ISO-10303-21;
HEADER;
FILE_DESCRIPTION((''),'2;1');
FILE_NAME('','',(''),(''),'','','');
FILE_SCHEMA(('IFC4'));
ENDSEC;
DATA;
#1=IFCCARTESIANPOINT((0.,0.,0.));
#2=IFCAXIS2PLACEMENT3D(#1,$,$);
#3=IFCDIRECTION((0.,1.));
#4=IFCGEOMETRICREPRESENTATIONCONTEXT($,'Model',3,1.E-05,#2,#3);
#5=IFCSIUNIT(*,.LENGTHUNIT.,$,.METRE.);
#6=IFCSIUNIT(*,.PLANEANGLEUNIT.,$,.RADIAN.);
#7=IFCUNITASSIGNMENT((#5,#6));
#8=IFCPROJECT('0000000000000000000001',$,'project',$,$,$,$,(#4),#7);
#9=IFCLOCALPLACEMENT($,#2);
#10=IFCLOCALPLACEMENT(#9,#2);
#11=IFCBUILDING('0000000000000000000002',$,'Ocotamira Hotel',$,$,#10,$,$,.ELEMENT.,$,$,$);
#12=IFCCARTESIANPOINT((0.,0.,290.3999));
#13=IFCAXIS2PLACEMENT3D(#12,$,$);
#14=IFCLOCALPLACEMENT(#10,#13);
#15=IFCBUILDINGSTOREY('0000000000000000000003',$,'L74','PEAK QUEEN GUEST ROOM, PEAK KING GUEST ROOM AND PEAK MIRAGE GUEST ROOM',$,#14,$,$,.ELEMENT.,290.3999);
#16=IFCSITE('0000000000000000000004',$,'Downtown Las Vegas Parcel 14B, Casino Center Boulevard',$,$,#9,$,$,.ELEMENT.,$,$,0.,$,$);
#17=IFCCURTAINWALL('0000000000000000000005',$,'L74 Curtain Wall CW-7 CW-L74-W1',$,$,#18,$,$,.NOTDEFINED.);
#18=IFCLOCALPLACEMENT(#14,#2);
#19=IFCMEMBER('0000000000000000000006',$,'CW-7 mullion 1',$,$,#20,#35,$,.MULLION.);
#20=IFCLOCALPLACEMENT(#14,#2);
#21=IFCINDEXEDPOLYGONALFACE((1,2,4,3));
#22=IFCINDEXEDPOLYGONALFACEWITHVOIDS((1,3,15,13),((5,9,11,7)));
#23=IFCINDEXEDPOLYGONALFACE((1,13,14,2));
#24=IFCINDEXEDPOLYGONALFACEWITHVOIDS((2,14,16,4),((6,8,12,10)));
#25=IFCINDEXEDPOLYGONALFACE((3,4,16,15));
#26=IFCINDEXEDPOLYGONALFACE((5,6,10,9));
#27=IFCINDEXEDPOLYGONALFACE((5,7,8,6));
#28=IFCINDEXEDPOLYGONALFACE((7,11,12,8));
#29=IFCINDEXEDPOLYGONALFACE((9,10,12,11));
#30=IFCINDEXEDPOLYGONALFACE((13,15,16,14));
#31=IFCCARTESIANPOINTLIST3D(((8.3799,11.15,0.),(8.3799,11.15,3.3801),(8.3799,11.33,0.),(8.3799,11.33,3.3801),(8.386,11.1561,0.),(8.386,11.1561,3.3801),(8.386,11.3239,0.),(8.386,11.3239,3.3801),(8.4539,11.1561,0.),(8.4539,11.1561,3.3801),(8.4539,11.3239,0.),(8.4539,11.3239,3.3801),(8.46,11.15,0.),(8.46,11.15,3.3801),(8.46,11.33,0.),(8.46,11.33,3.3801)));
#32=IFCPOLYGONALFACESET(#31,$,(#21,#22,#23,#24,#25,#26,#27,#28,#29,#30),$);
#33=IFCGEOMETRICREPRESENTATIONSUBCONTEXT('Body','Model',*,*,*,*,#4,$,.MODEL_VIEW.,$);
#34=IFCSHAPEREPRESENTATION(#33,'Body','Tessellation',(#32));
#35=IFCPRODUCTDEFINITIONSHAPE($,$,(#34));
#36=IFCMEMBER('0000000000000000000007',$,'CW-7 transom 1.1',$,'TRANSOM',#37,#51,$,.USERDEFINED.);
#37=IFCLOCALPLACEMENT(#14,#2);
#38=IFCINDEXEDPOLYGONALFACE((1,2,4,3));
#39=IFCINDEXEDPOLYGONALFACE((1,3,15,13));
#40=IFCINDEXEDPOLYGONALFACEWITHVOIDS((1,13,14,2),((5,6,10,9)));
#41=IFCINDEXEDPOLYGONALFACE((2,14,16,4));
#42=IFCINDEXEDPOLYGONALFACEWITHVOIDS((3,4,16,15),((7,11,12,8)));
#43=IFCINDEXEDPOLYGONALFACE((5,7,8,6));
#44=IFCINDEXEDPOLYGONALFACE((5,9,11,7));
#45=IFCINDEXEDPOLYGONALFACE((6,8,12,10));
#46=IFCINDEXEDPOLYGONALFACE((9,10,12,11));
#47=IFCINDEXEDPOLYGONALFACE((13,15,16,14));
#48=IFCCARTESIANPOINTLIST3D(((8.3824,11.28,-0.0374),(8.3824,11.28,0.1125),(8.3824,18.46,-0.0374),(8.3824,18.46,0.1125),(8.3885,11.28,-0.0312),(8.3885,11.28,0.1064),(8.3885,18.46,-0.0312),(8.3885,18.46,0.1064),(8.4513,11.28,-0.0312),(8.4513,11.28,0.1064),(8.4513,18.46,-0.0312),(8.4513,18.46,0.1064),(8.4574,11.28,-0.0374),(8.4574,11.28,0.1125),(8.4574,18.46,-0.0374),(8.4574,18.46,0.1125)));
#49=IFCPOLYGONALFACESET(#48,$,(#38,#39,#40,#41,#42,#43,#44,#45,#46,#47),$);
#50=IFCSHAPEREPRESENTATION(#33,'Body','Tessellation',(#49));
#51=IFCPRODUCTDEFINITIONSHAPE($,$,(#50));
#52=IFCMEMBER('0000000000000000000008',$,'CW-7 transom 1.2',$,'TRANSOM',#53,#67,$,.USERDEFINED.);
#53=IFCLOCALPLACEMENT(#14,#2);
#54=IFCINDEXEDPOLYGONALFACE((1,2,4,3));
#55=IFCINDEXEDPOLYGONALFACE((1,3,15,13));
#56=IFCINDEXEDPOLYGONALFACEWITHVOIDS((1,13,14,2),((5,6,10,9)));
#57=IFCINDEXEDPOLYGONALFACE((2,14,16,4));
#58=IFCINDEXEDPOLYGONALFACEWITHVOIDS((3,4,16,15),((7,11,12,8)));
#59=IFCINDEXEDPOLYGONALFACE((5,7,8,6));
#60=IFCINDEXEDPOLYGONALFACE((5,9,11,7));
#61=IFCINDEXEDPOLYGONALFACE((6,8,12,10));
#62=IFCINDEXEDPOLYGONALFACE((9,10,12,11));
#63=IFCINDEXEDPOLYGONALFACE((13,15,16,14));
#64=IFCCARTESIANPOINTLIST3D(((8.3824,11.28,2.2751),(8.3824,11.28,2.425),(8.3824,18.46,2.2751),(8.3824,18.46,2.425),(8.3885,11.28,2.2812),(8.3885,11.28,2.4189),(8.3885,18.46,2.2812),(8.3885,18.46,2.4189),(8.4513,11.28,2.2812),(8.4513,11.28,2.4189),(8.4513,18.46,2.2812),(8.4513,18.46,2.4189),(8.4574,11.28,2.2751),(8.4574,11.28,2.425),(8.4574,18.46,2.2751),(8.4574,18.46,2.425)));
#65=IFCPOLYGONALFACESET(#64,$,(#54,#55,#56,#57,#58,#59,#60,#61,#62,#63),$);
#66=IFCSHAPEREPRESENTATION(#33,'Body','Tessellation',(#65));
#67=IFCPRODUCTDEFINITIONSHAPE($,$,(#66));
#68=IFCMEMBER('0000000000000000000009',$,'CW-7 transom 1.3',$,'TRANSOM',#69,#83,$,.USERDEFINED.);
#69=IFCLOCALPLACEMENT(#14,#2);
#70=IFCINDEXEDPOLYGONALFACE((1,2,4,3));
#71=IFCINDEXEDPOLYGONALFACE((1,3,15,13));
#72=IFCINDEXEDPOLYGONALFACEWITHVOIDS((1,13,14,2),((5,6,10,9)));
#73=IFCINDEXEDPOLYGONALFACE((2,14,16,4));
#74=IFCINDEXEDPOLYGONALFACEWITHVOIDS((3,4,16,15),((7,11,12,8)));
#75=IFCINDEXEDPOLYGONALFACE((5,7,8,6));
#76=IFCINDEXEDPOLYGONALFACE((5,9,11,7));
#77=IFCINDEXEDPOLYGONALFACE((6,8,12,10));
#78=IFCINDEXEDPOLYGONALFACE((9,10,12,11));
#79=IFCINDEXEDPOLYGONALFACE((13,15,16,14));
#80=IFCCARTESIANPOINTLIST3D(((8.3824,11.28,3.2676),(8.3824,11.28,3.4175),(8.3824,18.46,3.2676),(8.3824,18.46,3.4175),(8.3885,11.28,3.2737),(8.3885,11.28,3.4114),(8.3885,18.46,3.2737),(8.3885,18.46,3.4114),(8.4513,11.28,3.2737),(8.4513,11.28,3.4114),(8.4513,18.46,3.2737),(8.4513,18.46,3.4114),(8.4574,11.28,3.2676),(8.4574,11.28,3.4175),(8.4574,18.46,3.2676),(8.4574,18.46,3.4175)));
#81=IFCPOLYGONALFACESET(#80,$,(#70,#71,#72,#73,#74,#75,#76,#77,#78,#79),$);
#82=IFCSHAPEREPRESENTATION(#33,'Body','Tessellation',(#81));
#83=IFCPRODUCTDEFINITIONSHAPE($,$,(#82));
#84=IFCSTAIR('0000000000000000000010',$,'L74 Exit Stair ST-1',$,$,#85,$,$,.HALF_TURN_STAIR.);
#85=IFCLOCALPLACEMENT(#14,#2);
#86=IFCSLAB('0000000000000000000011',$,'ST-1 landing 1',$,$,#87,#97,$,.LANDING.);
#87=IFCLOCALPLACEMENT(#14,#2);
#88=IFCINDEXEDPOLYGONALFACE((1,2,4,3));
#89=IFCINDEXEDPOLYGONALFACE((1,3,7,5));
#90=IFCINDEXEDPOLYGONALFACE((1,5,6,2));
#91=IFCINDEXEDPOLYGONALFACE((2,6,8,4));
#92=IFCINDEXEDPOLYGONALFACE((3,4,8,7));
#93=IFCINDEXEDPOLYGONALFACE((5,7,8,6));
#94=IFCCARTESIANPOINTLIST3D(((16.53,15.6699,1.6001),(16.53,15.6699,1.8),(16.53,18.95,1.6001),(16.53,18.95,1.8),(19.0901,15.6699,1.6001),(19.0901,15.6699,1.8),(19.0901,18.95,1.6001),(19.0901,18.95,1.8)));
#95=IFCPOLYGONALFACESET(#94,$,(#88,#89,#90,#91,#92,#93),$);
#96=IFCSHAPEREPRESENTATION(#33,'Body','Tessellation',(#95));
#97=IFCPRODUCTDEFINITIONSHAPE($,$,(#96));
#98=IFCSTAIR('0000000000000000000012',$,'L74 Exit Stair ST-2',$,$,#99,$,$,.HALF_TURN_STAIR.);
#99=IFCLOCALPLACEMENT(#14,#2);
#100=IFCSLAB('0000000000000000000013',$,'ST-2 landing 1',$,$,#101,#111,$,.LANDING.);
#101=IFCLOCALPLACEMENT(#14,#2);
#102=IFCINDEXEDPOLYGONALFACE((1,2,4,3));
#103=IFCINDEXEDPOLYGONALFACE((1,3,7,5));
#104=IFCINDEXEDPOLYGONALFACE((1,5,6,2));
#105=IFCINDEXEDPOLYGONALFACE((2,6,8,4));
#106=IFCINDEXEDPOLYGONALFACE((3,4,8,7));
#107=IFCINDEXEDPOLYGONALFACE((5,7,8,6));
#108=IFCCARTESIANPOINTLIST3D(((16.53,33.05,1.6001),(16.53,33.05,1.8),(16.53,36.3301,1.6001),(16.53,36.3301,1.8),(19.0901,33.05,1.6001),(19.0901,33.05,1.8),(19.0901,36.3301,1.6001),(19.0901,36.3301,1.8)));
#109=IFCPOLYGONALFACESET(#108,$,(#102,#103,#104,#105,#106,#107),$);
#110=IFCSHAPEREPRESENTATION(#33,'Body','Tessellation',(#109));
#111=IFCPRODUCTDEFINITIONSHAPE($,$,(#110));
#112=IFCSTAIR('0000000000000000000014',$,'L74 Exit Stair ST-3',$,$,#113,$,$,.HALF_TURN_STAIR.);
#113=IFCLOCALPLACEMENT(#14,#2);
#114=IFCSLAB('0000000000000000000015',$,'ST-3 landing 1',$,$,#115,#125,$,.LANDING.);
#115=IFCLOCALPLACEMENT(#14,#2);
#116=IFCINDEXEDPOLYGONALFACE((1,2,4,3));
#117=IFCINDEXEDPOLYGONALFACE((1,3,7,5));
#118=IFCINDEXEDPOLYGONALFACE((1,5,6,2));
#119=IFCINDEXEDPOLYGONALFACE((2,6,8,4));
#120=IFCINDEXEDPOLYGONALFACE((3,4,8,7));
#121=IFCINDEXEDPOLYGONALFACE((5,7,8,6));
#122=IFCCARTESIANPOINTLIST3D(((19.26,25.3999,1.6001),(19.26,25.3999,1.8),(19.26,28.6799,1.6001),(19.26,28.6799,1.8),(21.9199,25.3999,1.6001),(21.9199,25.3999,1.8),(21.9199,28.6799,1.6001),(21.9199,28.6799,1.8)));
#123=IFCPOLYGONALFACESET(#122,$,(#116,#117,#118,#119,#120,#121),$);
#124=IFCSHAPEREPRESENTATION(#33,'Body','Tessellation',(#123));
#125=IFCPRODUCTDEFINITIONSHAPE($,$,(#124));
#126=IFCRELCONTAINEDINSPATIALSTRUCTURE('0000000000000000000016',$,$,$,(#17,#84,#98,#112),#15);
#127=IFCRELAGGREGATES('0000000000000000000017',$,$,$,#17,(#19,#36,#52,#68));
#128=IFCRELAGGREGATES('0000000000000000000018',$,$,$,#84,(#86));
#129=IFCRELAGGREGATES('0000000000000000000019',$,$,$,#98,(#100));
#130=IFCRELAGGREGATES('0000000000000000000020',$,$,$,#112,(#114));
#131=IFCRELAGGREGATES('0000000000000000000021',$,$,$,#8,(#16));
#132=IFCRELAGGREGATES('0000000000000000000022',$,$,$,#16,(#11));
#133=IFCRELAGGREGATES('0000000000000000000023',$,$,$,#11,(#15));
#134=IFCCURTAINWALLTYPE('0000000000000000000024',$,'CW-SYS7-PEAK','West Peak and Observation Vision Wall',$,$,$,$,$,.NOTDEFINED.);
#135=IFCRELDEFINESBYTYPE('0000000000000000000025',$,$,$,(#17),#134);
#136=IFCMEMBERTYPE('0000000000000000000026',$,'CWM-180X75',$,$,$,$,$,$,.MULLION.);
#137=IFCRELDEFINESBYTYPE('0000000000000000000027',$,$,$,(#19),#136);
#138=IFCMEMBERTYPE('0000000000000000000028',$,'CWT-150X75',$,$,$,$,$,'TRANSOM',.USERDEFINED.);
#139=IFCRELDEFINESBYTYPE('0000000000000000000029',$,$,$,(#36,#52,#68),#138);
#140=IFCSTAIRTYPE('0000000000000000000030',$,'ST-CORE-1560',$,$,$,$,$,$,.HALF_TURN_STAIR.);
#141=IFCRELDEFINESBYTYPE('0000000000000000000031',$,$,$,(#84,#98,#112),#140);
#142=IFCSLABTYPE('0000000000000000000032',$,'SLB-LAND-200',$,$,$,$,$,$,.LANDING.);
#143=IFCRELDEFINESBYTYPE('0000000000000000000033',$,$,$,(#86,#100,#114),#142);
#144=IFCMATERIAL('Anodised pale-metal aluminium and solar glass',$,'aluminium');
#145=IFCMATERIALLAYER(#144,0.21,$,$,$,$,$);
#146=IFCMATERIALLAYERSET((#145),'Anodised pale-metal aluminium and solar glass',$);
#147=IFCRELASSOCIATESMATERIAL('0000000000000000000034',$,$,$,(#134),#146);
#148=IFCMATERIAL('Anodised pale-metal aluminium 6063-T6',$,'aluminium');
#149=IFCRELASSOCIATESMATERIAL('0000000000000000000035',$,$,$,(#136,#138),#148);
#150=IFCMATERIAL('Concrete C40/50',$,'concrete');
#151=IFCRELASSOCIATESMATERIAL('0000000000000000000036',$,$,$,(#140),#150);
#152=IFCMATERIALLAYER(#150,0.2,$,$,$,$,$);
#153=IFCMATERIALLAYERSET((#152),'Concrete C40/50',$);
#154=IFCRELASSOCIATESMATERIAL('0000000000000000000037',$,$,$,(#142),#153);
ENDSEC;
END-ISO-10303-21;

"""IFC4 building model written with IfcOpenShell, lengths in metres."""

from ifc_helpers import new_model, si_unit, direction, frame, origin, origin_2d, place, context, subcontext, project, spatial, polyline, hollow_rectangle, outline, extrude, source, transform, mapped, material, layer, layer_set, material_profile, profile_set, type_object, element, aggregate, save


model = new_model("IFC4")

# Units and contexts
model_context = context("Model", 3, precision=1e-05, world=origin(), true_north=direction((0.0, 1.0)))
body_context = subcontext(model_context, "Body", "Model", "MODEL_VIEW")
ifc_project = project(units=[si_unit("LENGTHUNIT", "METRE"), si_unit("PLANEANGLEUNIT", "RADIAN")], contexts=[model_context])

# Site, building, storey
site_placement = place(None, origin())
site = spatial("IfcSite", under=ifc_project, at=site_placement, Name="Downtown Las Vegas Parcel 14B, Casino Center Boulevard", CompositionType="ELEMENT", RefElevation=0.0)
building_placement = place(site_placement, origin())
building = spatial("IfcBuilding", under=site, at=building_placement, Name="Ocotamira Hotel", CompositionType="ELEMENT")
storey_placement = place(building_placement, frame((0.0, 0.0, 290.3999)))
storey = spatial("IfcBuildingStorey", under=building, at=storey_placement, Name="L74", Description="PEAK QUEEN GUEST ROOM, PEAK KING GUEST ROOM AND PEAK MIRAGE GUEST ROOM", CompositionType="ELEMENT", Elevation=290.3999)

# Curtain wall, members
ifc_material_1 = material(Name="Anodised pale-metal aluminium and solar glass", Category="aluminium")
ifc_layer_1 = layer(ifc_material_1, 0.21)
ifc_layer_set_1 = layer_set([ifc_layer_1], Name="Anodised pale-metal aluminium and solar glass")
curtain_wall_type = type_object("IfcCurtainWallType", Name="CW-SYS7-PEAK", Description="West Peak and Observation Vision Wall", PredefinedType="NOTDEFINED", material=ifc_layer_set_1)
curtain_wall_placement = place(storey_placement, origin())
curtain_wall = element("IfcCurtainWall", 1, at=curtain_wall_placement, inside=storey, type_object=curtain_wall_type, Name="L74 Curtain Wall CW-7 CW-L74-W1", PredefinedType="NOTDEFINED")
ifc_material_2 = material(Name="Anodised pale-metal aluminium 6063-T6", Category="aluminium")
ifc_material_profile_1 = material_profile(ifc_material_2, hollow_rectangle(XDim=0.0801, YDim=0.1799, WallThickness=0.0061, at=origin_2d()), Name="HSS180X80X6")
ifc_profile_set_1 = profile_set([ifc_material_profile_1], Name="Anodised pale-metal aluminium 6063-T6")
member_type_1 = type_object("IfcMemberType", Name="CWM-180X75", PredefinedType="MULLION", material=ifc_profile_set_1)
shared_shape_1 = source(origin(), body_context, "Body", "SweptSolid", [
    extrude(hollow_rectangle(XDim=0.0801, YDim=0.1799, WallThickness=0.0061, at=origin_2d()), origin(), (0.0, 0.0, 1.0), 3.3801),
])
member_1_placement = place(storey_placement, frame((8.4199, 11.24, 0.0), z_axis=(0.0, 0.0, 1.0), x_axis=(-1.0, 0.0, 0.0)))
member_1 = element("IfcMember", 2, at=member_1_placement, type_object=member_type_1, Name="CW-7 mullion 1", PredefinedType="MULLION", context=body_context, shape_type="MappedRepresentation", body=[
    mapped(shared_shape_1, transform((0.0, 0.0, 0.0), scale=1.0)),
])
ifc_material_profile_2 = material_profile(ifc_material_2, hollow_rectangle(XDim=0.075, YDim=0.1499, WallThickness=0.0061, at=origin_2d()), Name="HSS150X75X6")
ifc_profile_set_2 = profile_set([ifc_material_profile_2], Name="Anodised pale-metal aluminium 6063-T6")
member_type_2 = type_object("IfcMemberType", Name="CWT-150X75", ElementType="TRANSOM", PredefinedType="USERDEFINED", material=ifc_profile_set_2)
shared_shape_2 = source(origin(), body_context, "Body", "SweptSolid", [
    extrude(hollow_rectangle(XDim=0.075, YDim=0.1499, WallThickness=0.0061, at=origin_2d()), origin(), (0.0, 0.0, 1.0), 7.1799),
])
member_2_placement = place(storey_placement, frame((8.4199, 11.28, 0.0376), z_axis=(0.0, 1.0, 0.0), x_axis=(-1.0, 0.0, 0.0)))
member_2 = element("IfcMember", 3, at=member_2_placement, type_object=member_type_2, Name="CW-7 transom 1.1", ObjectType="TRANSOM", PredefinedType="USERDEFINED", context=body_context, shape_type="MappedRepresentation", body=[
    mapped(shared_shape_2, transform((0.0, 0.0, 0.0), scale=1.0)),
])
member_3_placement = place(storey_placement, frame((8.4199, 11.28, 2.3501), z_axis=(0.0, 1.0, 0.0), x_axis=(-1.0, 0.0, 0.0)))
member_3 = element("IfcMember", 4, at=member_3_placement, type_object=member_type_2, Name="CW-7 transom 1.2", ObjectType="TRANSOM", PredefinedType="USERDEFINED", context=body_context, shape_type="MappedRepresentation", body=[
    mapped(shared_shape_2, transform((0.0, 0.0, 0.0), scale=1.0)),
])
member_4_placement = place(storey_placement, frame((8.4199, 11.28, 3.3425), z_axis=(0.0, 1.0, 0.0), x_axis=(-1.0, 0.0, 0.0)))
member_4 = element("IfcMember", 5, at=member_4_placement, type_object=member_type_2, Name="CW-7 transom 1.3", ObjectType="TRANSOM", PredefinedType="USERDEFINED", context=body_context, shape_type="MappedRepresentation", body=[
    mapped(shared_shape_2, transform((0.0, 0.0, 0.0), scale=1.0)),
])
aggregate(curtain_wall, [member_1, member_2, member_3, member_4])

# Stairs, slabs
ifc_material_3 = material(Name="Concrete C40/50", Category="concrete")
stair_type = type_object("IfcStairType", Name="ST-CORE-1560", PredefinedType="HALF_TURN_STAIR", material=ifc_material_3)
stair_1_placement = place(storey_placement, origin())
stair_1 = element("IfcStair", 6, at=stair_1_placement, inside=storey, type_object=stair_type, Name="L74 Exit Stair ST-1", PredefinedType="HALF_TURN_STAIR")
ifc_layer_2 = layer(ifc_material_3, 0.2)
ifc_layer_set_2 = layer_set([ifc_layer_2], Name="Concrete C40/50")
slab_type_1 = type_object("IfcSlabType", Name="SLB-LAND-200", PredefinedType="LANDING", material=ifc_layer_set_2)
slab_1_placement = place(storey_placement, frame((0.0, 0.0, 1.6001)))
slab_1 = element("IfcSlab", 7, at=slab_1_placement, type_object=slab_type_1, Name="ST-1 landing 1", PredefinedType="LANDING", context=body_context, shape_type="SweptSolid", body=[
    extrude(outline(polyline([(16.53, 15.6699), (19.0901, 15.6699), (19.0901, 18.95), (16.53, 18.95), (16.53, 15.6699)])), origin(), (0.0, 0.0, 1.0), 0.2),
])
aggregate(stair_1, [slab_1])
stair_2_placement = place(storey_placement, origin())
stair_2 = element("IfcStair", 8, at=stair_2_placement, inside=storey, type_object=stair_type, Name="L74 Exit Stair ST-2", PredefinedType="HALF_TURN_STAIR")
slab_2_placement = place(storey_placement, frame((0.0, 0.0, 1.6001)))
slab_2 = element("IfcSlab", 9, at=slab_2_placement, type_object=slab_type_1, Name="ST-2 landing 1", PredefinedType="LANDING", context=body_context, shape_type="SweptSolid", body=[
    extrude(outline(polyline([(16.53, 33.05), (19.0901, 33.05), (19.0901, 36.3301), (16.53, 36.3301), (16.53, 33.05)])), origin(), (0.0, 0.0, 1.0), 0.2),
])
aggregate(stair_2, [slab_2])
stair_3_placement = place(storey_placement, origin())
stair_3 = element("IfcStair", 10, at=stair_3_placement, inside=storey, type_object=stair_type, Name="L74 Exit Stair ST-3", PredefinedType="HALF_TURN_STAIR")
slab_3_placement = place(storey_placement, frame((0.0, 0.0, 1.6001)))
slab_3 = element("IfcSlab", 11, at=slab_3_placement, type_object=slab_type_1, Name="ST-3 landing 1", PredefinedType="LANDING", context=body_context, shape_type="SweptSolid", body=[
    extrude(outline(polyline([(19.26, 25.3999), (21.9199, 25.3999), (21.9199, 28.6799), (19.26, 28.6799), (19.26, 25.3999)])), origin(), (0.0, 0.0, 1.0), 0.2),
])
aggregate(stair_3, [slab_3])

save(model, "model.ifc")
